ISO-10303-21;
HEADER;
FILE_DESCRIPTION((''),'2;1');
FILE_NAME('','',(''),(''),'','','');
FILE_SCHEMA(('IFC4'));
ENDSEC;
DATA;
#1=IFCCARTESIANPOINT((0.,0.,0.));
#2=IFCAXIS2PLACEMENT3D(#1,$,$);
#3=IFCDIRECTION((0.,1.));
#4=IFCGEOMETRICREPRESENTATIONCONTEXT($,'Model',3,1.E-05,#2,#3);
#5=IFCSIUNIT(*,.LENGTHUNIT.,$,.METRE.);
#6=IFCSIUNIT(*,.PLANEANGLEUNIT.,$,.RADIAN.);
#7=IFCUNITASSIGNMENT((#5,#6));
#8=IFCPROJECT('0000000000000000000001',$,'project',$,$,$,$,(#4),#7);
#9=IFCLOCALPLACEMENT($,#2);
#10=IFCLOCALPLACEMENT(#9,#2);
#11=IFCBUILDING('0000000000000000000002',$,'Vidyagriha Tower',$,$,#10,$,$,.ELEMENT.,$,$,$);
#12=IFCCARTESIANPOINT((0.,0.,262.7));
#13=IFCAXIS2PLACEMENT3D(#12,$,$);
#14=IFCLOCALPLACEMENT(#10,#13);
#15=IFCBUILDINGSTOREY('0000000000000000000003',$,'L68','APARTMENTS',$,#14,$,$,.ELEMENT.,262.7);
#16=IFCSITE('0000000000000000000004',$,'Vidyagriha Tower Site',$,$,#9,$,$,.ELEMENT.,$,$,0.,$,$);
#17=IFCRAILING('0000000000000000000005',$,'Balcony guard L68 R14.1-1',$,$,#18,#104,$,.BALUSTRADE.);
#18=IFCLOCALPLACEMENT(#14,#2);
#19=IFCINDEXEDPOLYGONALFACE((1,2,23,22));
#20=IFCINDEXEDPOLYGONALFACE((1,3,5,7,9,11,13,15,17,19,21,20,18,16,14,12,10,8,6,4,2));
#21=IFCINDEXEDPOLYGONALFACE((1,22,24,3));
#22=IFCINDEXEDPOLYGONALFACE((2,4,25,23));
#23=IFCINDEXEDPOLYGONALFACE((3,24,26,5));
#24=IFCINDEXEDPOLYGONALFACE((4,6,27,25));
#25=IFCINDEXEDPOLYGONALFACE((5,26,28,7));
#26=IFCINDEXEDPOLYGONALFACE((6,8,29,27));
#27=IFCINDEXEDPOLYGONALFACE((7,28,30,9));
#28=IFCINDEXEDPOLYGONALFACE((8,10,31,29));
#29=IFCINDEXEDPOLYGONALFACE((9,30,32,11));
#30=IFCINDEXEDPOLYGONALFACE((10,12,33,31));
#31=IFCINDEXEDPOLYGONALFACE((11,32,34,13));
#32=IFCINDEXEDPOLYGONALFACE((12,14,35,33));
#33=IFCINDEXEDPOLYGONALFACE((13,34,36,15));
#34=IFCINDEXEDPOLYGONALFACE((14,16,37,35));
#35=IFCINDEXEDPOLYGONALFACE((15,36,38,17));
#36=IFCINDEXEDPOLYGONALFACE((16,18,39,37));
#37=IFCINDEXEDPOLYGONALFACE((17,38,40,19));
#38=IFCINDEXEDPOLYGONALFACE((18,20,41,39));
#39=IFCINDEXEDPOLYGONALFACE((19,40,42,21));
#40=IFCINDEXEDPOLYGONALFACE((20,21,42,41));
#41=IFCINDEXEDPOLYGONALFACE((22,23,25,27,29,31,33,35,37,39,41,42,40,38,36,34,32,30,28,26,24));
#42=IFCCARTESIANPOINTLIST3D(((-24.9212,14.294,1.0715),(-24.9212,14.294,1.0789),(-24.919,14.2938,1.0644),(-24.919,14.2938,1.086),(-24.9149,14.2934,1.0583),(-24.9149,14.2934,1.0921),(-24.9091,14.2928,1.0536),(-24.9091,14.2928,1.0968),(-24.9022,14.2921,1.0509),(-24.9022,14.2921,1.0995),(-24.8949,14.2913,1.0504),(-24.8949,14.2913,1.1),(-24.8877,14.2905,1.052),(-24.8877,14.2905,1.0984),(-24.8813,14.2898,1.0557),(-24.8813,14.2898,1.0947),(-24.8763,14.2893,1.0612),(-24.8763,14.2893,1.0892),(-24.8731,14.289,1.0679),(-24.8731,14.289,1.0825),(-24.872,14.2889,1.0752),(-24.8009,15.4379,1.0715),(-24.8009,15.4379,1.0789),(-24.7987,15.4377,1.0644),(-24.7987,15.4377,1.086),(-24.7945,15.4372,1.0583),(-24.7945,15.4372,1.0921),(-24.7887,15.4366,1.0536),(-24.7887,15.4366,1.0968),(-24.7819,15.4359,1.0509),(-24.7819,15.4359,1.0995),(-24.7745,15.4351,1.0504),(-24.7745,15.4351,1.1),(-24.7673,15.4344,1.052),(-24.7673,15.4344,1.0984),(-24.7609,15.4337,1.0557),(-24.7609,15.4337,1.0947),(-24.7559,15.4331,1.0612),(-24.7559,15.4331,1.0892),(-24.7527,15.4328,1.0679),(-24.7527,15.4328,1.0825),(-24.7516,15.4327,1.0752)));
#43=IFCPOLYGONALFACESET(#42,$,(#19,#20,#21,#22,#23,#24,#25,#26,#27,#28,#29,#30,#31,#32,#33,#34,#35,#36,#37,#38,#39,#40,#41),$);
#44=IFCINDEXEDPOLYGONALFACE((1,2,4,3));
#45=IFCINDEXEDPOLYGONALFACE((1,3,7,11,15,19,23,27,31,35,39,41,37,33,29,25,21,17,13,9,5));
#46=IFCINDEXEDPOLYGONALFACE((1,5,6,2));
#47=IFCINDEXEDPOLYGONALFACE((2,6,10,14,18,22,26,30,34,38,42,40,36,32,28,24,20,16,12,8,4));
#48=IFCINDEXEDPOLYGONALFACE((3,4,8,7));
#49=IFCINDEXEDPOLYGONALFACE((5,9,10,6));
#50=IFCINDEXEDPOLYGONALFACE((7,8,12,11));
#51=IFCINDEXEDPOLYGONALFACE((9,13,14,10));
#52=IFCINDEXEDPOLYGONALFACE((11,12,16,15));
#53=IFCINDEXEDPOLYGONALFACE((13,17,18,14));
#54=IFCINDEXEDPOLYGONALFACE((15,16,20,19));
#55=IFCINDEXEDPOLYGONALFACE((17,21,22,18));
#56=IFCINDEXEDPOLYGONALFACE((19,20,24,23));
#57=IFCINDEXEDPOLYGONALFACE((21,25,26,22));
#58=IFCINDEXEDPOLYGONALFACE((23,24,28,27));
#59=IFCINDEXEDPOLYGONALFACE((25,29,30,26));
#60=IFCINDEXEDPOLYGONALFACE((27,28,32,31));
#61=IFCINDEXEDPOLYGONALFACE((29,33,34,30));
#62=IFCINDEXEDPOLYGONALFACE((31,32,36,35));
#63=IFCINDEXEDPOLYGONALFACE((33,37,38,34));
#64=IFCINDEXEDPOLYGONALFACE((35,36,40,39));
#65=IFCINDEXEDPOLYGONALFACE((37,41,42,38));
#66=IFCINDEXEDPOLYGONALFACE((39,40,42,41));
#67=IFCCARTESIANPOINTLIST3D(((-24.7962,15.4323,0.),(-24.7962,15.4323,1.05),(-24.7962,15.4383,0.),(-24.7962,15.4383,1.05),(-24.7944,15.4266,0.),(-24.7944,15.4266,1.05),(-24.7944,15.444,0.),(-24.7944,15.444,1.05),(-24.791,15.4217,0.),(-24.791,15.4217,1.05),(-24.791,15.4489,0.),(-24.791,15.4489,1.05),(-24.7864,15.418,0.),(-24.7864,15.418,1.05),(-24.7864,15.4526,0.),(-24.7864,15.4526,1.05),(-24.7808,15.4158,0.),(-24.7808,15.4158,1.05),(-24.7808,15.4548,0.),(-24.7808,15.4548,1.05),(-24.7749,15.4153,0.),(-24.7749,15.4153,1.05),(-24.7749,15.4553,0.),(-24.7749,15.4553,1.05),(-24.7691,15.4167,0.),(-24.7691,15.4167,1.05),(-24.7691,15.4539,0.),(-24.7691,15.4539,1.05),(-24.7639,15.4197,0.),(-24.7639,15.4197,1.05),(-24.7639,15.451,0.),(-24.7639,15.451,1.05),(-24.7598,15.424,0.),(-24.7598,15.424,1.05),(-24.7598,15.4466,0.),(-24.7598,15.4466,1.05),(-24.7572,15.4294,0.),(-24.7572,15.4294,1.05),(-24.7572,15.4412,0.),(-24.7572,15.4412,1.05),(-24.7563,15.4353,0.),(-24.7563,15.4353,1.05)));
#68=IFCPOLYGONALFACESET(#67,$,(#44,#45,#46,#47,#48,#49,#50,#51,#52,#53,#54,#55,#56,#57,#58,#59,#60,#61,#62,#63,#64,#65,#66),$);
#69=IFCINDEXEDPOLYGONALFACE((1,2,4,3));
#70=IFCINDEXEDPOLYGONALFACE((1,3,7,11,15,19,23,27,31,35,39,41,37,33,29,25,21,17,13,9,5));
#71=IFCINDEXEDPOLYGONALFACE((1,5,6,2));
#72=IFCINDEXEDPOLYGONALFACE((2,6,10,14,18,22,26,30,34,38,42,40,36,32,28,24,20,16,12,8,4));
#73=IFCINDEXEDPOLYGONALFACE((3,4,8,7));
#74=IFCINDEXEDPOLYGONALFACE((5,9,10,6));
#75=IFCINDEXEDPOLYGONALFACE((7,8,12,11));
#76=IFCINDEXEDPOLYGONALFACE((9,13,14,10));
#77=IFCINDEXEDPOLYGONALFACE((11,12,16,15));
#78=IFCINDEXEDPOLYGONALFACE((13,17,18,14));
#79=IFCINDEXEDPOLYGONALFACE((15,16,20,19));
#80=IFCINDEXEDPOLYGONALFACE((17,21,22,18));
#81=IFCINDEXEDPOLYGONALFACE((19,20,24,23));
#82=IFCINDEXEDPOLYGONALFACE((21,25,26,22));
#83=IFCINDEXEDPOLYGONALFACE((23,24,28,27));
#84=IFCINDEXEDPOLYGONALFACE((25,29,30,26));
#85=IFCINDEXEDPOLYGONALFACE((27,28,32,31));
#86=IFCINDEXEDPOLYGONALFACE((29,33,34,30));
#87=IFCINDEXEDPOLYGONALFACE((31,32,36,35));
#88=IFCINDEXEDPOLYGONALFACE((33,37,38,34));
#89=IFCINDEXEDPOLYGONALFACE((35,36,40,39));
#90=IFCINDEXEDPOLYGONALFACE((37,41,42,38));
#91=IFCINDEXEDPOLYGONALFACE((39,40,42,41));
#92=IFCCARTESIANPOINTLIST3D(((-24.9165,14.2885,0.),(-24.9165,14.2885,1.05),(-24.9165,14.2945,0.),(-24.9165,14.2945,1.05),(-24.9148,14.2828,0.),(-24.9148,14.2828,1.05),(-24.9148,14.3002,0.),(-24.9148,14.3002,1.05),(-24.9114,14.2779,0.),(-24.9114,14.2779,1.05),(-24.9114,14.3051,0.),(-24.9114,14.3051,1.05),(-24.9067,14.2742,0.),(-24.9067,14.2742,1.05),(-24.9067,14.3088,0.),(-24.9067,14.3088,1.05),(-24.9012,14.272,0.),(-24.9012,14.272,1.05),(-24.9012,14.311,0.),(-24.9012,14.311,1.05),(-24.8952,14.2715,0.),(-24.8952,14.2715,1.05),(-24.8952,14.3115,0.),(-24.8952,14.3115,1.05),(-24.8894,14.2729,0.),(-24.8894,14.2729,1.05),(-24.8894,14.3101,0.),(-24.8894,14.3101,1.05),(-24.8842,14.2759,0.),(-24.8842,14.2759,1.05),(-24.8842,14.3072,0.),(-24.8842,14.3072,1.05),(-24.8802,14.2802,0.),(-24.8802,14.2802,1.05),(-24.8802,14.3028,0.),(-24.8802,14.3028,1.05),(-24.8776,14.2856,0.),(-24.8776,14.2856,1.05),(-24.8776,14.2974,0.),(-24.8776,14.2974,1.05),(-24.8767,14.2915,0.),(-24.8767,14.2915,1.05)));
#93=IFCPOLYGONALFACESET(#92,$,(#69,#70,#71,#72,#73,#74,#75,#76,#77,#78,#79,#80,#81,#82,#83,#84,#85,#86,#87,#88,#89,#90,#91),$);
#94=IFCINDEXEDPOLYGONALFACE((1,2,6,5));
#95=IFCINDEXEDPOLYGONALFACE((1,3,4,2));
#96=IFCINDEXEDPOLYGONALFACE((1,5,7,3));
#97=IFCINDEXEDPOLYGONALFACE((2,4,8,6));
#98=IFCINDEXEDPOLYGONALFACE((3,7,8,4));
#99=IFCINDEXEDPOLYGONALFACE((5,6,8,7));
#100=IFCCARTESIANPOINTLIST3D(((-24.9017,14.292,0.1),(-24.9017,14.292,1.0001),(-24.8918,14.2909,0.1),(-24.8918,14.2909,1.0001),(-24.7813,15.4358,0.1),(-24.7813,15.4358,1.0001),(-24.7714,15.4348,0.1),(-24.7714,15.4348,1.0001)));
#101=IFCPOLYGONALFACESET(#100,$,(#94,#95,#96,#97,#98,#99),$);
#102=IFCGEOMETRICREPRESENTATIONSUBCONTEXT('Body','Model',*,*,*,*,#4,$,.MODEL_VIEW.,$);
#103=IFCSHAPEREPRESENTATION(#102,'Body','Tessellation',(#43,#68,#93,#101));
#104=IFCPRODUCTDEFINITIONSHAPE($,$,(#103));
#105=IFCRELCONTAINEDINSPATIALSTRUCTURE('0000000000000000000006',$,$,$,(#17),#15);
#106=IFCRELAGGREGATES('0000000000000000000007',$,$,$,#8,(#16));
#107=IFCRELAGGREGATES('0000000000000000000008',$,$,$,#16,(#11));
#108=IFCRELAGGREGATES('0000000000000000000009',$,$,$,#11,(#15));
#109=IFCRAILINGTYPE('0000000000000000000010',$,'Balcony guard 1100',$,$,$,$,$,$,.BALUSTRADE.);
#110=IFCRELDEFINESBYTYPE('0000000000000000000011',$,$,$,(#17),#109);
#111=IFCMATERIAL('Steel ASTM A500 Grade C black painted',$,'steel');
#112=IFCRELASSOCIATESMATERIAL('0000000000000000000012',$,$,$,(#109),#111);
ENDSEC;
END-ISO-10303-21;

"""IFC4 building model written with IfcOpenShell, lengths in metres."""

from ifc_helpers import new_model, si_unit, direction, frame, origin, origin_2d, place, context, subcontext, project, spatial, rectangle, circle, extrude, material, type_object, element, save


model = new_model("IFC4")

# Units and contexts
model_context = context("Model", 3, precision=1e-05, world=origin(), true_north=direction((0.0, 1.0)))
body_context = subcontext(model_context, "Body", "Model", "MODEL_VIEW")
ifc_project = project(units=[si_unit("LENGTHUNIT", "METRE"), si_unit("PLANEANGLEUNIT", "RADIAN")], contexts=[model_context])

# Site, building, storey
site_placement = place(None, origin())
site = spatial("IfcSite", under=ifc_project, at=site_placement, Name="Vidyagriha Tower Site", CompositionType="ELEMENT", RefElevation=0.0)
building_placement = place(site_placement, origin())
building = spatial("IfcBuilding", under=site, at=building_placement, Name="Vidyagriha Tower", CompositionType="ELEMENT")
storey_placement = place(building_placement, frame((0.0, 0.0, 262.7)))
storey = spatial("IfcBuildingStorey", under=building, at=storey_placement, Name="L68", Description="APARTMENTS", CompositionType="ELEMENT", Elevation=262.7)

# Railing
ifc_material_1 = material(Name="Steel ASTM A500 Grade C black painted", Category="steel")
railing_type_1 = type_object("IfcRailingType", Name="Balcony guard 1100", PredefinedType="BALUSTRADE", material=ifc_material_1)
railing_1_placement = place(storey_placement, frame((-24.7764, 15.4353, 0.0)))
element("IfcRailing", 1, at=railing_1_placement, inside=storey, type_object=railing_type_1, Name="Balcony guard L68 R14.1-1", PredefinedType="BALUSTRADE", context=body_context, shape_type="SweptSolid", body=[
    extrude(circle(Radius=0.0249, at=origin_2d()), frame((0.0, 0.0, 1.0752), z_axis=(-0.104652, -0.994509, 0.0), x_axis=(0.994509, -0.104652, 0.0)), (0.0, 0.0, 1.0), 1.1501),
    extrude(circle(Radius=0.02, at=origin_2d()), origin(), (0.0, 0.0, 1.0), 1.05),
    extrude(circle(Radius=0.02, at=origin_2d()), frame((-0.1204, -1.1438, 0.0)), (0.0, 0.0, 1.0), 1.05),
    extrude(rectangle(XDim=0.01, YDim=0.9001, at=origin_2d()), frame((0.0, 0.0, 0.55), z_axis=(-0.104652, -0.994509, 0.0), x_axis=(0.994509, -0.104652, 0.0)), (0.0, 0.0, 1.0), 1.1501),
])

save(model, "model.ifc")
